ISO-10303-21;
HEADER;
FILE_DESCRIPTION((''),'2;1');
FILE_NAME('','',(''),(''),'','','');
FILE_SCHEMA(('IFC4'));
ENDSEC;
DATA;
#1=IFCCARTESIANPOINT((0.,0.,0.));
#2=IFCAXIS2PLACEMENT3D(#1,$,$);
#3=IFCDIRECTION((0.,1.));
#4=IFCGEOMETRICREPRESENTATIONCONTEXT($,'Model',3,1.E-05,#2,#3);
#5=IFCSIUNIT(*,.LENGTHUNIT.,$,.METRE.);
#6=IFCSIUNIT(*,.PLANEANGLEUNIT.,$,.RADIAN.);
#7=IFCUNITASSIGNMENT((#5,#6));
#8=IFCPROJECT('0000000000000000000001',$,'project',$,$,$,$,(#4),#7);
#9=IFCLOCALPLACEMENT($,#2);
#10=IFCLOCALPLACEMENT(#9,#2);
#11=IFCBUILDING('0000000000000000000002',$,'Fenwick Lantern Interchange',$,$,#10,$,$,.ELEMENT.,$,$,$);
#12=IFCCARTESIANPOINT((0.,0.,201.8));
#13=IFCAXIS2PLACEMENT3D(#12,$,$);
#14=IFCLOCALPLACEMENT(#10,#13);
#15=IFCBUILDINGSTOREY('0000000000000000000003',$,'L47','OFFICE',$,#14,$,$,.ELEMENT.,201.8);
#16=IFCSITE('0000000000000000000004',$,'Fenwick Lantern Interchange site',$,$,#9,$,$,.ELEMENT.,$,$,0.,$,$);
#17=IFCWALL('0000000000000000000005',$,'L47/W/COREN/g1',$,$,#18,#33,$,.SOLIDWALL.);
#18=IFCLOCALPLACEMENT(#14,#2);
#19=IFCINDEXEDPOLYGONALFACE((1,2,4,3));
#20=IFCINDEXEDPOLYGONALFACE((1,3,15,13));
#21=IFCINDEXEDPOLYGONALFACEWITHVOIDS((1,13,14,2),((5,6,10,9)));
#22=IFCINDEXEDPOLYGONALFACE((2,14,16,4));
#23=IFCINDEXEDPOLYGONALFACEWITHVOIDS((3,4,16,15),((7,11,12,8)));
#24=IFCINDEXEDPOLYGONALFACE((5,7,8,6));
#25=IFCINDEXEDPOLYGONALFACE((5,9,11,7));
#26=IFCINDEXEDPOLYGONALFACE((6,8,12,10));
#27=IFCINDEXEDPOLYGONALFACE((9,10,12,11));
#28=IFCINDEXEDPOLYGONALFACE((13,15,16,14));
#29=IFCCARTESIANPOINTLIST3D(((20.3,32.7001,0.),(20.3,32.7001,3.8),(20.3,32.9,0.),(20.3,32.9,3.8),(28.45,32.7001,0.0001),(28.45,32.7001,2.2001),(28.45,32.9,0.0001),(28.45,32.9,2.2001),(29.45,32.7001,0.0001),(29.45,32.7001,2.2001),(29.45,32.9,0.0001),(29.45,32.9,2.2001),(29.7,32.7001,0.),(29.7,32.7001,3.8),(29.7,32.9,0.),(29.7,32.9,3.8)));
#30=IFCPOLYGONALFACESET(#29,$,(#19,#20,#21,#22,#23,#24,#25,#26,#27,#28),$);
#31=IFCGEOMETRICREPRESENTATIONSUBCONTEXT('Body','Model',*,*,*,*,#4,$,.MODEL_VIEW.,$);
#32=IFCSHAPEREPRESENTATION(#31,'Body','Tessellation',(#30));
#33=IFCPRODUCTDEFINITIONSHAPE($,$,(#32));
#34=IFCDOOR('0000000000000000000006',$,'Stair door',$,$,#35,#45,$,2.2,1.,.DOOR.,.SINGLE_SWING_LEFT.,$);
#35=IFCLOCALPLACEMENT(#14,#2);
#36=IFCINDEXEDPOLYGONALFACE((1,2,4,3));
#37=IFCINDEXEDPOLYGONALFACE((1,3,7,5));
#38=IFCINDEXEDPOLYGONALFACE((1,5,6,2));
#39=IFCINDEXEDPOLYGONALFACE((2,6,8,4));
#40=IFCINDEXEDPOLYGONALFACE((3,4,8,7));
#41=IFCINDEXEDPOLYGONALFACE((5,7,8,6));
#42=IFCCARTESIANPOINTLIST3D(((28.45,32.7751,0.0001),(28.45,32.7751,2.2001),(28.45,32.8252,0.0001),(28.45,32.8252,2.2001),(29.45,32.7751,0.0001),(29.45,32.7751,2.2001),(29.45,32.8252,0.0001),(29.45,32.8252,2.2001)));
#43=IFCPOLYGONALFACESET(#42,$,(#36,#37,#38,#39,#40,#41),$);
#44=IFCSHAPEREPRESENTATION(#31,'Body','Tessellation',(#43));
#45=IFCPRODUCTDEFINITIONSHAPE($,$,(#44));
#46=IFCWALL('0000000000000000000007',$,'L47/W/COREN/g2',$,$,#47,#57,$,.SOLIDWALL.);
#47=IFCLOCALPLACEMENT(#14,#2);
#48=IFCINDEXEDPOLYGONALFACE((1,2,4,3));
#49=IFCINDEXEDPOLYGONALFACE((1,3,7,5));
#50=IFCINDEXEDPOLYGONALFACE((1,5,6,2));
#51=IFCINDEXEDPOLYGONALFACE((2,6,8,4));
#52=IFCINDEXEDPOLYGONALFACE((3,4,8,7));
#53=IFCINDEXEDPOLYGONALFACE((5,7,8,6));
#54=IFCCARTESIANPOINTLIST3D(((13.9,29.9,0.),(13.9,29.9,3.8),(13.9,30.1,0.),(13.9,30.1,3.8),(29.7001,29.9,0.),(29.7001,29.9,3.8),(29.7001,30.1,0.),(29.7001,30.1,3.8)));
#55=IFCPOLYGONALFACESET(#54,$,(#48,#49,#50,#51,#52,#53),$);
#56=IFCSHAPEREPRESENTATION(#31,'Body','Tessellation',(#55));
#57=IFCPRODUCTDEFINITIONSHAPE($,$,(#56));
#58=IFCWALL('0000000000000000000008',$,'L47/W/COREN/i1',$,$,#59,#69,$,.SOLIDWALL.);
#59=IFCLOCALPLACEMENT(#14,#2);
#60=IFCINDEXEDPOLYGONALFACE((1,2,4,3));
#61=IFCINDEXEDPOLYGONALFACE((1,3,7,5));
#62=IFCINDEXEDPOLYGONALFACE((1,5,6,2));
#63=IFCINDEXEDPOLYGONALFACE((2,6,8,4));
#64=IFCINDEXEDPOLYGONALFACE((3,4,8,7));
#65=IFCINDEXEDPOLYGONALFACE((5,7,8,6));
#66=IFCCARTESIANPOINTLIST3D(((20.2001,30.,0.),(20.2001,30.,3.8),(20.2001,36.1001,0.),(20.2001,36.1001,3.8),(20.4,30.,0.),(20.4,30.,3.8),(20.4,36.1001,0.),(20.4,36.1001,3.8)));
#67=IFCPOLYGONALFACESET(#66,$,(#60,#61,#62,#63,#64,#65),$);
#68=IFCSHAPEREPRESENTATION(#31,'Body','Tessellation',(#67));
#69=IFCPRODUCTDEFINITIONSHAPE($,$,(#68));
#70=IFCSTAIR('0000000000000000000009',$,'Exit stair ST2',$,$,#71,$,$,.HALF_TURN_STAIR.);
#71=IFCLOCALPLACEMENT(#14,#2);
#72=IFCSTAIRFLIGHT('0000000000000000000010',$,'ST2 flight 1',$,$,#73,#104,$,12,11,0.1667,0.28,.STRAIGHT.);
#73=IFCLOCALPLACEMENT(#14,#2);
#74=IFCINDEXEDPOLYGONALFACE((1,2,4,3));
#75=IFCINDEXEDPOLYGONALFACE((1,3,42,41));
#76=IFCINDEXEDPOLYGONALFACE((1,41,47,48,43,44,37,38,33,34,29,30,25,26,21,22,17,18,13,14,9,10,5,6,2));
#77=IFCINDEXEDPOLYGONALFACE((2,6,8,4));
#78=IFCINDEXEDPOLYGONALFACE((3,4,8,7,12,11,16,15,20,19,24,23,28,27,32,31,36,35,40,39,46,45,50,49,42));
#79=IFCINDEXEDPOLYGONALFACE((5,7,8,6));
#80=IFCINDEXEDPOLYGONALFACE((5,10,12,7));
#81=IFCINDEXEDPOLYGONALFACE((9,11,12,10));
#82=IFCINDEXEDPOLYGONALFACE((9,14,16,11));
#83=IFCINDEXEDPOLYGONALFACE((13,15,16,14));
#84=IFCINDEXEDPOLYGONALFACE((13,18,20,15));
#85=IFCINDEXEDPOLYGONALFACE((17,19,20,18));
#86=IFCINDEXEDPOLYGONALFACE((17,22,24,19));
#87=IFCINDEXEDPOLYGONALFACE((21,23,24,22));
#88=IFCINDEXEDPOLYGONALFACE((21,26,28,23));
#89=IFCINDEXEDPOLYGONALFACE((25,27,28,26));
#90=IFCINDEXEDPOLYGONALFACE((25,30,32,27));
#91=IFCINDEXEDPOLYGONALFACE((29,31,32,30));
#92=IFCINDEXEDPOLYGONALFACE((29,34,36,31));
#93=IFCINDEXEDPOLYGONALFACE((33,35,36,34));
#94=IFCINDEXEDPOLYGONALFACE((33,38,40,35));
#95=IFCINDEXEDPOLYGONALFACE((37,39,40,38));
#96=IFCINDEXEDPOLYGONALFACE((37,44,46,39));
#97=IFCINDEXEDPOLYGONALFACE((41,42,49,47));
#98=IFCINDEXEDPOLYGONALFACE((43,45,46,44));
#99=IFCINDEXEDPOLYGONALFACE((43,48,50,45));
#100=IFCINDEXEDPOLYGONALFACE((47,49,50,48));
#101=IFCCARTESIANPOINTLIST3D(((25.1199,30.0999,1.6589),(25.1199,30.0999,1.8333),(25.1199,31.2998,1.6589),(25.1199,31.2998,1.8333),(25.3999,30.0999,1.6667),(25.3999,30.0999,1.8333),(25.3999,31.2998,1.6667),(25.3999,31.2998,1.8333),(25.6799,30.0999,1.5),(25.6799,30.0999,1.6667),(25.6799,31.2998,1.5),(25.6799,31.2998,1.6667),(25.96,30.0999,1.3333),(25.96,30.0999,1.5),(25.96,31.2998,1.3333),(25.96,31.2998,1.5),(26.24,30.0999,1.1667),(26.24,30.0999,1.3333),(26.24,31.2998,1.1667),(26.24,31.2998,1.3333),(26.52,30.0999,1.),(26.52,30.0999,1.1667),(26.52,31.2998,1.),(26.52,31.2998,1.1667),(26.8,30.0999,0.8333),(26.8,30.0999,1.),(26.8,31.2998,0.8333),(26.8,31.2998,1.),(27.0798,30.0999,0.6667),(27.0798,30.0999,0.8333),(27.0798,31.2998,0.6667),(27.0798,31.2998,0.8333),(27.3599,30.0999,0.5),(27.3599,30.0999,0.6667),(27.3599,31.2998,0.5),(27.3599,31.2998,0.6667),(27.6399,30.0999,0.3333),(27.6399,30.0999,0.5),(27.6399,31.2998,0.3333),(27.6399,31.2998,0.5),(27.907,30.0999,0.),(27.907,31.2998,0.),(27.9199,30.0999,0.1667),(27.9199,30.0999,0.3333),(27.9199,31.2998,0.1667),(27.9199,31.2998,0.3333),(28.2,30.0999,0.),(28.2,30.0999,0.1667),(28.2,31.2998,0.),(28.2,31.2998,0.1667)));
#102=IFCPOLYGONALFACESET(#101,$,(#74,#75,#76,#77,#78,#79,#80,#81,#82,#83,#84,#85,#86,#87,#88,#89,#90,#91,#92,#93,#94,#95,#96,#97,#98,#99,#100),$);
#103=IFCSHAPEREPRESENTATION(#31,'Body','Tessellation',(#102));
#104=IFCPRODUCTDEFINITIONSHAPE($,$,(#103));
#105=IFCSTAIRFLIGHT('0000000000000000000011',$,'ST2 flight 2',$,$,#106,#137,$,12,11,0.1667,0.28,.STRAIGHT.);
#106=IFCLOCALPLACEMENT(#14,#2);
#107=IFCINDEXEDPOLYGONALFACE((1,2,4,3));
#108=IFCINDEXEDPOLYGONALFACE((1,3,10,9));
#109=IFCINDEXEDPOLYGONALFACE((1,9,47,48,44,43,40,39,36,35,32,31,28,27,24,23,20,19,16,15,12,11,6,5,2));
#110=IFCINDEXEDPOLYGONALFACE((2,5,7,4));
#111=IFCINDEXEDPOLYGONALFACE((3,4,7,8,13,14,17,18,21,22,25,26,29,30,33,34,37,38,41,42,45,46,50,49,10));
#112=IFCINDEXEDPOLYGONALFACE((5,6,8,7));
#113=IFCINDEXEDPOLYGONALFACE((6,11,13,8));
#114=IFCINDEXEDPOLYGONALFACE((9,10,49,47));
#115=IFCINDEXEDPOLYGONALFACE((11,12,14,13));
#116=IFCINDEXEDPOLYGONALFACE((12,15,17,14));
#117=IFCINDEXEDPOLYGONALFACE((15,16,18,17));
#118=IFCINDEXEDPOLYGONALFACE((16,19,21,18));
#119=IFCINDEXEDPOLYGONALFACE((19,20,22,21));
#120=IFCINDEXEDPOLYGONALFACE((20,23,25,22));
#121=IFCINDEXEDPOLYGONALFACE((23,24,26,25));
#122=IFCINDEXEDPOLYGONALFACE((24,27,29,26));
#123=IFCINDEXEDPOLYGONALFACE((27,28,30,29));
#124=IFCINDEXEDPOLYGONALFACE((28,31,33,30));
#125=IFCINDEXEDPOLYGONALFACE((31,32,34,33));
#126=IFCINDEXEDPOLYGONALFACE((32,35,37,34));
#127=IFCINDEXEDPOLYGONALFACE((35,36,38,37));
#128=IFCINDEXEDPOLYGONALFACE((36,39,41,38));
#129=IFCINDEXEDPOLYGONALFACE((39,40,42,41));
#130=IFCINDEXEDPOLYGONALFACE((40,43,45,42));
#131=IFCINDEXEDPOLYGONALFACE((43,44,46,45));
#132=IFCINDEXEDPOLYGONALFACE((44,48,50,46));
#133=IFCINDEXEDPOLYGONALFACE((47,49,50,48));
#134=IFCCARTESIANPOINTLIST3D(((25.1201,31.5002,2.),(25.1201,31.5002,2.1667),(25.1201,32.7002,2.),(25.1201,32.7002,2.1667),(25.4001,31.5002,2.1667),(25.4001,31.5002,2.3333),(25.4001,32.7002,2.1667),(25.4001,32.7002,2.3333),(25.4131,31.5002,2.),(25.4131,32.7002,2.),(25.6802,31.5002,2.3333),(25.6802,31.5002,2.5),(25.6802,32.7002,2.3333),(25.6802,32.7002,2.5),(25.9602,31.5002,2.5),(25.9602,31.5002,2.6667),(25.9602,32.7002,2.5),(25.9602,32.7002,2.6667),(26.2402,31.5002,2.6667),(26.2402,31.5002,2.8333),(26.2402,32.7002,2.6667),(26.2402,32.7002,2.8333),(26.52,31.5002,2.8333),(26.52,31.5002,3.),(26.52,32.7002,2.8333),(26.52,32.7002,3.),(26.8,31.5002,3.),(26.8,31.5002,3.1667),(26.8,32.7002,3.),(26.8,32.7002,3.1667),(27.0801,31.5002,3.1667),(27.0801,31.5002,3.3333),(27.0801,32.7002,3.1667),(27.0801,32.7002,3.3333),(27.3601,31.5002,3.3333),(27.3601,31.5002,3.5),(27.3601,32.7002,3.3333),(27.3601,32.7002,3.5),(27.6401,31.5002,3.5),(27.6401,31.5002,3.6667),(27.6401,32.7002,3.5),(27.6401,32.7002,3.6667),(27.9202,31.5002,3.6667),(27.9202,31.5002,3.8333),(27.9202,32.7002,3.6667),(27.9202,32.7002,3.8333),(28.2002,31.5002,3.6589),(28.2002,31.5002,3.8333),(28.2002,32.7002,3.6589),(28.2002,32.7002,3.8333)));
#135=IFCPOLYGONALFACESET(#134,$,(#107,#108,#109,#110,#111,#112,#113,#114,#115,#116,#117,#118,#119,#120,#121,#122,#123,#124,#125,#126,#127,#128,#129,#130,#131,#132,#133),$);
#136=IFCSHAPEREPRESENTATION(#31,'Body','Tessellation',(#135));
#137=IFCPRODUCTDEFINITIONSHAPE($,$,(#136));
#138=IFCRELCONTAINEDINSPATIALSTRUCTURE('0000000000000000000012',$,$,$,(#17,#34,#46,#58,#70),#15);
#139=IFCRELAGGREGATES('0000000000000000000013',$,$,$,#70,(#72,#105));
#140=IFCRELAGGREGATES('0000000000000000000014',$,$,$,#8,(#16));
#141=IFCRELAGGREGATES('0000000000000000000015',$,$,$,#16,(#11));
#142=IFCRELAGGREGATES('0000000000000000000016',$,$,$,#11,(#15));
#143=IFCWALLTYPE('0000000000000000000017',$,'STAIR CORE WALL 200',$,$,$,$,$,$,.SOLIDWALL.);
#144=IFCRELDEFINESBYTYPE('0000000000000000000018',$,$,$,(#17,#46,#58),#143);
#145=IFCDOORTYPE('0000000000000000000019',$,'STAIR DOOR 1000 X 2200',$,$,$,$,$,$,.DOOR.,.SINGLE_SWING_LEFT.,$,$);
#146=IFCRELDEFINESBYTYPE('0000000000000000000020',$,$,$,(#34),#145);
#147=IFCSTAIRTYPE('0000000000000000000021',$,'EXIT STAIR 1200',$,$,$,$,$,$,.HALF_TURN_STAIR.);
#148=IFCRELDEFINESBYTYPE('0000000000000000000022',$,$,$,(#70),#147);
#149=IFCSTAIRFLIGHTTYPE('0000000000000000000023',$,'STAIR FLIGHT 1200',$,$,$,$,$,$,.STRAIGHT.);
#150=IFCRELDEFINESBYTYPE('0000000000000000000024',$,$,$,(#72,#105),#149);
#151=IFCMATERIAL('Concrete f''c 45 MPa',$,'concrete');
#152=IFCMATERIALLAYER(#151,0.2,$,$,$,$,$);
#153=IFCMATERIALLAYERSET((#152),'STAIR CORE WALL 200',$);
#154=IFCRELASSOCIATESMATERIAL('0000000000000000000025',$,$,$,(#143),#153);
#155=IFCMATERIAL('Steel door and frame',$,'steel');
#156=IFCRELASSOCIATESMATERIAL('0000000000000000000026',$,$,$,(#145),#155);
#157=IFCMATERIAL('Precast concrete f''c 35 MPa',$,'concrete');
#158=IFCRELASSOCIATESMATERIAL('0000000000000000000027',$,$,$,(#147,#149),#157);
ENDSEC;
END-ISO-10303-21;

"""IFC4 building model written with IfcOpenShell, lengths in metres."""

from ifc_helpers import new_model, si_unit, direction, frame, frame_2d, origin, place, context, subcontext, project, spatial, polyline, rectangle, outline, extrude, material, layer, layer_set, type_object, element, fill, aggregate, save


model = new_model("IFC4")

# Units and contexts
model_context = context("Model", 3, precision=1e-05, world=origin(), true_north=direction((0.0, 1.0)))
body_context = subcontext(model_context, "Body", "Model", "MODEL_VIEW")
ifc_project = project(units=[si_unit("LENGTHUNIT", "METRE"), si_unit("PLANEANGLEUNIT", "RADIAN")], contexts=[model_context])

# Site, building, storey
site_placement = place(None, origin())
site = spatial("IfcSite", under=ifc_project, at=site_placement, Name="Fenwick Lantern Interchange site", CompositionType="ELEMENT", RefElevation=0.0)
building_placement = place(site_placement, origin())
building = spatial("IfcBuilding", under=site, at=building_placement, Name="Fenwick Lantern Interchange", CompositionType="ELEMENT")
storey_placement = place(building_placement, frame((0.0, 0.0, 201.8)))
storey = spatial("IfcBuildingStorey", under=building, at=storey_placement, Name="L47", Description="OFFICE", CompositionType="ELEMENT", Elevation=201.8)

# Shared definitions
ifc_material_1 = material(Name="Steel door and frame", Category="steel")

# Shared definitions
ifc_material_2 = material(Name="Concrete f'c 45 MPa", Category="concrete")
ifc_layer_1 = layer(ifc_material_2, 0.2)
ifc_layer_set_1 = layer_set([ifc_layer_1], Name="STAIR CORE WALL 200")
wall_type_1 = type_object("IfcWallType", Name="STAIR CORE WALL 200", PredefinedType="SOLIDWALL", material=ifc_layer_set_1)

# Wall, opening, door
wall_1_placement = place(storey_placement, frame((29.7, 32.8, 0.0), z_axis=(0.0, 0.0, 1.0), x_axis=(-1.0, 0.0, 0.0)))
wall_1 = element("IfcWall", 1, at=wall_1_placement, inside=storey, type_object=wall_type_1, Name="L47/W/COREN/g1", PredefinedType="SOLIDWALL", context=body_context, shape_type="SweptSolid", body=[
    extrude(rectangle(XDim=9.3999, YDim=0.2, at=frame_2d((4.7, 0.0))), origin(), (0.0, 0.0, 1.0), 3.8),
])
opening_1_placement = place(wall_1_placement, frame((0.25, 0.0, 0.0)))
opening_1 = element("IfcOpeningElement", 2, at=opening_1_placement, cuts=wall_1, PredefinedType="OPENING", context=body_context, shape_type="SweptSolid", body=[
    extrude(rectangle(XDim=1.0, YDim=2.2, at=frame_2d((0.5, 1.1001))), frame((0.0, 0.1099, 0.0), z_axis=(0.0, -1.0, 0.0), x_axis=(1.0, 0.0, 0.0)), (0.0, 0.0, 1.0), 0.22),
])
door_type_1 = type_object("IfcDoorType", Name="STAIR DOOR 1000 X 2200", OperationType="SINGLE_SWING_LEFT", PredefinedType="DOOR", material=ifc_material_1)
door_1_placement = place(opening_1_placement, origin())
door_1 = element("IfcDoor", 3, at=door_1_placement, inside=storey, type_object=door_type_1, Name="Stair door", OperationType="SINGLE_SWING_LEFT", OverallHeight=2.2, OverallWidth=1.0, PredefinedType="DOOR", context=body_context, shape_type="SweptSolid", body=[
    extrude(rectangle(XDim=1.0, YDim=2.2, at=frame_2d((0.5, 1.1001))), frame((0.0, 0.0249, 0.0), z_axis=(0.0, -1.0, 0.0), x_axis=(1.0, 0.0, 0.0)), (0.0, 0.0, 1.0), 0.05),
])
fill(opening_1, door_1)

# Walls
wall_2_placement = place(storey_placement, frame((29.7, 30.0, 0.0), z_axis=(0.0, 0.0, 1.0), x_axis=(-1.0, 0.0, 0.0)))
element("IfcWall", 4, at=wall_2_placement, inside=storey, type_object=wall_type_1, Name="L47/W/COREN/g2", PredefinedType="SOLIDWALL", context=body_context, shape_type="SweptSolid", body=[
    extrude(rectangle(XDim=15.8, YDim=0.2, at=frame_2d((7.8999, 0.0))), origin(), (0.0, 0.0, 1.0), 3.8),
])
wall_3_placement = place(storey_placement, frame((20.3, 36.1001, 0.0), z_axis=(0.0, 0.0, 1.0), x_axis=(0.0, -1.0, 0.0)))
element("IfcWall", 5, at=wall_3_placement, inside=storey, type_object=wall_type_1, Name="L47/W/COREN/i1", PredefinedType="SOLIDWALL", context=body_context, shape_type="SweptSolid", body=[
    extrude(rectangle(XDim=6.1001, YDim=0.2, at=frame_2d((3.05, 0.0))), origin(), (0.0, 0.0, 1.0), 3.8),
])

# Stair, stair flights
ifc_material_3 = material(Name="Precast concrete f'c 35 MPa", Category="concrete")
stair_type = type_object("IfcStairType", Name="EXIT STAIR 1200", PredefinedType="HALF_TURN_STAIR", material=ifc_material_3)
stair_placement = place(storey_placement, origin())
stair = element("IfcStair", 6, at=stair_placement, inside=storey, type_object=stair_type, Name="Exit stair ST2", PredefinedType="HALF_TURN_STAIR")
stair_flight_type = type_object("IfcStairFlightType", Name="STAIR FLIGHT 1200", PredefinedType="STRAIGHT", material=ifc_material_3)
stair_flight_1_placement = place(storey_placement, frame((28.2, 30.7, 0.0), z_axis=(0.0, 0.0, 1.0), x_axis=(-1.0, 0.0, 0.0)))
stair_flight_1 = element("IfcStairFlight", 7, at=stair_flight_1_placement, type_object=stair_flight_type, Name="ST2 flight 1", NumberOfRisers=12, NumberOfTreads=11, PredefinedType="STRAIGHT", RiserHeight=0.1667, TreadLength=0.28, context=body_context, shape_type="SweptSolid", body=[
    extrude(outline(polyline([(0.0, 0.0), (0.0, 0.1667), (0.28, 0.1667), (0.28, 0.3333), (0.5601, 0.3333), (0.5601, 0.5), (0.8401, 0.5), (0.8401, 0.6667), (1.1201, 0.6667), (1.1201, 0.8333), (1.3999, 0.8333), (1.3999, 1.0), (1.6799, 1.0), (1.6799, 1.1667), (1.96, 1.1667), (1.96, 1.3333), (2.24, 1.3333), (2.24, 1.5), (2.52, 1.5), (2.52, 1.6667), (2.8, 1.6667), (2.8, 1.8333), (3.0801, 1.8333), (3.0801, 2.0), (3.0801, 1.6589), (0.293, 0.0), (0.0, 0.0)])), frame((0.0, 0.6001, 0.0), z_axis=(0.0, -1.0, 0.0), x_axis=(1.0, 0.0, 0.0)), (0.0, 0.0, 1.0), 1.2),
])
stair_flight_2_placement = place(storey_placement, frame((25.1201, 32.1001, 2.0), z_axis=(0.0, 0.0, 1.0), x_axis=(1.0, 0.0, 0.0)))
stair_flight_2 = element("IfcStairFlight", 8, at=stair_flight_2_placement, type_object=stair_flight_type, Name="ST2 flight 2", NumberOfRisers=12, NumberOfTreads=11, PredefinedType="STRAIGHT", RiserHeight=0.1667, TreadLength=0.28, context=body_context, shape_type="SweptSolid", body=[
    extrude(outline(polyline([(0.0, 0.0), (0.0, 0.1667), (0.28, 0.1667), (0.28, 0.3333), (0.5601, 0.3333), (0.5601, 0.5), (0.8401, 0.5), (0.8401, 0.6667), (1.1201, 0.6667), (1.1201, 0.8333), (1.3999, 0.8333), (1.3999, 1.0), (1.6799, 1.0), (1.6799, 1.1667), (1.96, 1.1667), (1.96, 1.3333), (2.24, 1.3333), (2.24, 1.5), (2.52, 1.5), (2.52, 1.6667), (2.8, 1.6667), (2.8, 1.8333), (3.0801, 1.8333), (3.0801, 2.0), (3.0801, 1.6589), (0.293, 0.0), (0.0, 0.0)])), frame((0.0, 0.6001, 0.0), z_axis=(0.0, -1.0, 0.0), x_axis=(1.0, 0.0, 0.0)), (0.0, 0.0, 1.0), 1.2),
])
aggregate(stair, [stair_flight_1, stair_flight_2])

save(model, "model.ifc")
